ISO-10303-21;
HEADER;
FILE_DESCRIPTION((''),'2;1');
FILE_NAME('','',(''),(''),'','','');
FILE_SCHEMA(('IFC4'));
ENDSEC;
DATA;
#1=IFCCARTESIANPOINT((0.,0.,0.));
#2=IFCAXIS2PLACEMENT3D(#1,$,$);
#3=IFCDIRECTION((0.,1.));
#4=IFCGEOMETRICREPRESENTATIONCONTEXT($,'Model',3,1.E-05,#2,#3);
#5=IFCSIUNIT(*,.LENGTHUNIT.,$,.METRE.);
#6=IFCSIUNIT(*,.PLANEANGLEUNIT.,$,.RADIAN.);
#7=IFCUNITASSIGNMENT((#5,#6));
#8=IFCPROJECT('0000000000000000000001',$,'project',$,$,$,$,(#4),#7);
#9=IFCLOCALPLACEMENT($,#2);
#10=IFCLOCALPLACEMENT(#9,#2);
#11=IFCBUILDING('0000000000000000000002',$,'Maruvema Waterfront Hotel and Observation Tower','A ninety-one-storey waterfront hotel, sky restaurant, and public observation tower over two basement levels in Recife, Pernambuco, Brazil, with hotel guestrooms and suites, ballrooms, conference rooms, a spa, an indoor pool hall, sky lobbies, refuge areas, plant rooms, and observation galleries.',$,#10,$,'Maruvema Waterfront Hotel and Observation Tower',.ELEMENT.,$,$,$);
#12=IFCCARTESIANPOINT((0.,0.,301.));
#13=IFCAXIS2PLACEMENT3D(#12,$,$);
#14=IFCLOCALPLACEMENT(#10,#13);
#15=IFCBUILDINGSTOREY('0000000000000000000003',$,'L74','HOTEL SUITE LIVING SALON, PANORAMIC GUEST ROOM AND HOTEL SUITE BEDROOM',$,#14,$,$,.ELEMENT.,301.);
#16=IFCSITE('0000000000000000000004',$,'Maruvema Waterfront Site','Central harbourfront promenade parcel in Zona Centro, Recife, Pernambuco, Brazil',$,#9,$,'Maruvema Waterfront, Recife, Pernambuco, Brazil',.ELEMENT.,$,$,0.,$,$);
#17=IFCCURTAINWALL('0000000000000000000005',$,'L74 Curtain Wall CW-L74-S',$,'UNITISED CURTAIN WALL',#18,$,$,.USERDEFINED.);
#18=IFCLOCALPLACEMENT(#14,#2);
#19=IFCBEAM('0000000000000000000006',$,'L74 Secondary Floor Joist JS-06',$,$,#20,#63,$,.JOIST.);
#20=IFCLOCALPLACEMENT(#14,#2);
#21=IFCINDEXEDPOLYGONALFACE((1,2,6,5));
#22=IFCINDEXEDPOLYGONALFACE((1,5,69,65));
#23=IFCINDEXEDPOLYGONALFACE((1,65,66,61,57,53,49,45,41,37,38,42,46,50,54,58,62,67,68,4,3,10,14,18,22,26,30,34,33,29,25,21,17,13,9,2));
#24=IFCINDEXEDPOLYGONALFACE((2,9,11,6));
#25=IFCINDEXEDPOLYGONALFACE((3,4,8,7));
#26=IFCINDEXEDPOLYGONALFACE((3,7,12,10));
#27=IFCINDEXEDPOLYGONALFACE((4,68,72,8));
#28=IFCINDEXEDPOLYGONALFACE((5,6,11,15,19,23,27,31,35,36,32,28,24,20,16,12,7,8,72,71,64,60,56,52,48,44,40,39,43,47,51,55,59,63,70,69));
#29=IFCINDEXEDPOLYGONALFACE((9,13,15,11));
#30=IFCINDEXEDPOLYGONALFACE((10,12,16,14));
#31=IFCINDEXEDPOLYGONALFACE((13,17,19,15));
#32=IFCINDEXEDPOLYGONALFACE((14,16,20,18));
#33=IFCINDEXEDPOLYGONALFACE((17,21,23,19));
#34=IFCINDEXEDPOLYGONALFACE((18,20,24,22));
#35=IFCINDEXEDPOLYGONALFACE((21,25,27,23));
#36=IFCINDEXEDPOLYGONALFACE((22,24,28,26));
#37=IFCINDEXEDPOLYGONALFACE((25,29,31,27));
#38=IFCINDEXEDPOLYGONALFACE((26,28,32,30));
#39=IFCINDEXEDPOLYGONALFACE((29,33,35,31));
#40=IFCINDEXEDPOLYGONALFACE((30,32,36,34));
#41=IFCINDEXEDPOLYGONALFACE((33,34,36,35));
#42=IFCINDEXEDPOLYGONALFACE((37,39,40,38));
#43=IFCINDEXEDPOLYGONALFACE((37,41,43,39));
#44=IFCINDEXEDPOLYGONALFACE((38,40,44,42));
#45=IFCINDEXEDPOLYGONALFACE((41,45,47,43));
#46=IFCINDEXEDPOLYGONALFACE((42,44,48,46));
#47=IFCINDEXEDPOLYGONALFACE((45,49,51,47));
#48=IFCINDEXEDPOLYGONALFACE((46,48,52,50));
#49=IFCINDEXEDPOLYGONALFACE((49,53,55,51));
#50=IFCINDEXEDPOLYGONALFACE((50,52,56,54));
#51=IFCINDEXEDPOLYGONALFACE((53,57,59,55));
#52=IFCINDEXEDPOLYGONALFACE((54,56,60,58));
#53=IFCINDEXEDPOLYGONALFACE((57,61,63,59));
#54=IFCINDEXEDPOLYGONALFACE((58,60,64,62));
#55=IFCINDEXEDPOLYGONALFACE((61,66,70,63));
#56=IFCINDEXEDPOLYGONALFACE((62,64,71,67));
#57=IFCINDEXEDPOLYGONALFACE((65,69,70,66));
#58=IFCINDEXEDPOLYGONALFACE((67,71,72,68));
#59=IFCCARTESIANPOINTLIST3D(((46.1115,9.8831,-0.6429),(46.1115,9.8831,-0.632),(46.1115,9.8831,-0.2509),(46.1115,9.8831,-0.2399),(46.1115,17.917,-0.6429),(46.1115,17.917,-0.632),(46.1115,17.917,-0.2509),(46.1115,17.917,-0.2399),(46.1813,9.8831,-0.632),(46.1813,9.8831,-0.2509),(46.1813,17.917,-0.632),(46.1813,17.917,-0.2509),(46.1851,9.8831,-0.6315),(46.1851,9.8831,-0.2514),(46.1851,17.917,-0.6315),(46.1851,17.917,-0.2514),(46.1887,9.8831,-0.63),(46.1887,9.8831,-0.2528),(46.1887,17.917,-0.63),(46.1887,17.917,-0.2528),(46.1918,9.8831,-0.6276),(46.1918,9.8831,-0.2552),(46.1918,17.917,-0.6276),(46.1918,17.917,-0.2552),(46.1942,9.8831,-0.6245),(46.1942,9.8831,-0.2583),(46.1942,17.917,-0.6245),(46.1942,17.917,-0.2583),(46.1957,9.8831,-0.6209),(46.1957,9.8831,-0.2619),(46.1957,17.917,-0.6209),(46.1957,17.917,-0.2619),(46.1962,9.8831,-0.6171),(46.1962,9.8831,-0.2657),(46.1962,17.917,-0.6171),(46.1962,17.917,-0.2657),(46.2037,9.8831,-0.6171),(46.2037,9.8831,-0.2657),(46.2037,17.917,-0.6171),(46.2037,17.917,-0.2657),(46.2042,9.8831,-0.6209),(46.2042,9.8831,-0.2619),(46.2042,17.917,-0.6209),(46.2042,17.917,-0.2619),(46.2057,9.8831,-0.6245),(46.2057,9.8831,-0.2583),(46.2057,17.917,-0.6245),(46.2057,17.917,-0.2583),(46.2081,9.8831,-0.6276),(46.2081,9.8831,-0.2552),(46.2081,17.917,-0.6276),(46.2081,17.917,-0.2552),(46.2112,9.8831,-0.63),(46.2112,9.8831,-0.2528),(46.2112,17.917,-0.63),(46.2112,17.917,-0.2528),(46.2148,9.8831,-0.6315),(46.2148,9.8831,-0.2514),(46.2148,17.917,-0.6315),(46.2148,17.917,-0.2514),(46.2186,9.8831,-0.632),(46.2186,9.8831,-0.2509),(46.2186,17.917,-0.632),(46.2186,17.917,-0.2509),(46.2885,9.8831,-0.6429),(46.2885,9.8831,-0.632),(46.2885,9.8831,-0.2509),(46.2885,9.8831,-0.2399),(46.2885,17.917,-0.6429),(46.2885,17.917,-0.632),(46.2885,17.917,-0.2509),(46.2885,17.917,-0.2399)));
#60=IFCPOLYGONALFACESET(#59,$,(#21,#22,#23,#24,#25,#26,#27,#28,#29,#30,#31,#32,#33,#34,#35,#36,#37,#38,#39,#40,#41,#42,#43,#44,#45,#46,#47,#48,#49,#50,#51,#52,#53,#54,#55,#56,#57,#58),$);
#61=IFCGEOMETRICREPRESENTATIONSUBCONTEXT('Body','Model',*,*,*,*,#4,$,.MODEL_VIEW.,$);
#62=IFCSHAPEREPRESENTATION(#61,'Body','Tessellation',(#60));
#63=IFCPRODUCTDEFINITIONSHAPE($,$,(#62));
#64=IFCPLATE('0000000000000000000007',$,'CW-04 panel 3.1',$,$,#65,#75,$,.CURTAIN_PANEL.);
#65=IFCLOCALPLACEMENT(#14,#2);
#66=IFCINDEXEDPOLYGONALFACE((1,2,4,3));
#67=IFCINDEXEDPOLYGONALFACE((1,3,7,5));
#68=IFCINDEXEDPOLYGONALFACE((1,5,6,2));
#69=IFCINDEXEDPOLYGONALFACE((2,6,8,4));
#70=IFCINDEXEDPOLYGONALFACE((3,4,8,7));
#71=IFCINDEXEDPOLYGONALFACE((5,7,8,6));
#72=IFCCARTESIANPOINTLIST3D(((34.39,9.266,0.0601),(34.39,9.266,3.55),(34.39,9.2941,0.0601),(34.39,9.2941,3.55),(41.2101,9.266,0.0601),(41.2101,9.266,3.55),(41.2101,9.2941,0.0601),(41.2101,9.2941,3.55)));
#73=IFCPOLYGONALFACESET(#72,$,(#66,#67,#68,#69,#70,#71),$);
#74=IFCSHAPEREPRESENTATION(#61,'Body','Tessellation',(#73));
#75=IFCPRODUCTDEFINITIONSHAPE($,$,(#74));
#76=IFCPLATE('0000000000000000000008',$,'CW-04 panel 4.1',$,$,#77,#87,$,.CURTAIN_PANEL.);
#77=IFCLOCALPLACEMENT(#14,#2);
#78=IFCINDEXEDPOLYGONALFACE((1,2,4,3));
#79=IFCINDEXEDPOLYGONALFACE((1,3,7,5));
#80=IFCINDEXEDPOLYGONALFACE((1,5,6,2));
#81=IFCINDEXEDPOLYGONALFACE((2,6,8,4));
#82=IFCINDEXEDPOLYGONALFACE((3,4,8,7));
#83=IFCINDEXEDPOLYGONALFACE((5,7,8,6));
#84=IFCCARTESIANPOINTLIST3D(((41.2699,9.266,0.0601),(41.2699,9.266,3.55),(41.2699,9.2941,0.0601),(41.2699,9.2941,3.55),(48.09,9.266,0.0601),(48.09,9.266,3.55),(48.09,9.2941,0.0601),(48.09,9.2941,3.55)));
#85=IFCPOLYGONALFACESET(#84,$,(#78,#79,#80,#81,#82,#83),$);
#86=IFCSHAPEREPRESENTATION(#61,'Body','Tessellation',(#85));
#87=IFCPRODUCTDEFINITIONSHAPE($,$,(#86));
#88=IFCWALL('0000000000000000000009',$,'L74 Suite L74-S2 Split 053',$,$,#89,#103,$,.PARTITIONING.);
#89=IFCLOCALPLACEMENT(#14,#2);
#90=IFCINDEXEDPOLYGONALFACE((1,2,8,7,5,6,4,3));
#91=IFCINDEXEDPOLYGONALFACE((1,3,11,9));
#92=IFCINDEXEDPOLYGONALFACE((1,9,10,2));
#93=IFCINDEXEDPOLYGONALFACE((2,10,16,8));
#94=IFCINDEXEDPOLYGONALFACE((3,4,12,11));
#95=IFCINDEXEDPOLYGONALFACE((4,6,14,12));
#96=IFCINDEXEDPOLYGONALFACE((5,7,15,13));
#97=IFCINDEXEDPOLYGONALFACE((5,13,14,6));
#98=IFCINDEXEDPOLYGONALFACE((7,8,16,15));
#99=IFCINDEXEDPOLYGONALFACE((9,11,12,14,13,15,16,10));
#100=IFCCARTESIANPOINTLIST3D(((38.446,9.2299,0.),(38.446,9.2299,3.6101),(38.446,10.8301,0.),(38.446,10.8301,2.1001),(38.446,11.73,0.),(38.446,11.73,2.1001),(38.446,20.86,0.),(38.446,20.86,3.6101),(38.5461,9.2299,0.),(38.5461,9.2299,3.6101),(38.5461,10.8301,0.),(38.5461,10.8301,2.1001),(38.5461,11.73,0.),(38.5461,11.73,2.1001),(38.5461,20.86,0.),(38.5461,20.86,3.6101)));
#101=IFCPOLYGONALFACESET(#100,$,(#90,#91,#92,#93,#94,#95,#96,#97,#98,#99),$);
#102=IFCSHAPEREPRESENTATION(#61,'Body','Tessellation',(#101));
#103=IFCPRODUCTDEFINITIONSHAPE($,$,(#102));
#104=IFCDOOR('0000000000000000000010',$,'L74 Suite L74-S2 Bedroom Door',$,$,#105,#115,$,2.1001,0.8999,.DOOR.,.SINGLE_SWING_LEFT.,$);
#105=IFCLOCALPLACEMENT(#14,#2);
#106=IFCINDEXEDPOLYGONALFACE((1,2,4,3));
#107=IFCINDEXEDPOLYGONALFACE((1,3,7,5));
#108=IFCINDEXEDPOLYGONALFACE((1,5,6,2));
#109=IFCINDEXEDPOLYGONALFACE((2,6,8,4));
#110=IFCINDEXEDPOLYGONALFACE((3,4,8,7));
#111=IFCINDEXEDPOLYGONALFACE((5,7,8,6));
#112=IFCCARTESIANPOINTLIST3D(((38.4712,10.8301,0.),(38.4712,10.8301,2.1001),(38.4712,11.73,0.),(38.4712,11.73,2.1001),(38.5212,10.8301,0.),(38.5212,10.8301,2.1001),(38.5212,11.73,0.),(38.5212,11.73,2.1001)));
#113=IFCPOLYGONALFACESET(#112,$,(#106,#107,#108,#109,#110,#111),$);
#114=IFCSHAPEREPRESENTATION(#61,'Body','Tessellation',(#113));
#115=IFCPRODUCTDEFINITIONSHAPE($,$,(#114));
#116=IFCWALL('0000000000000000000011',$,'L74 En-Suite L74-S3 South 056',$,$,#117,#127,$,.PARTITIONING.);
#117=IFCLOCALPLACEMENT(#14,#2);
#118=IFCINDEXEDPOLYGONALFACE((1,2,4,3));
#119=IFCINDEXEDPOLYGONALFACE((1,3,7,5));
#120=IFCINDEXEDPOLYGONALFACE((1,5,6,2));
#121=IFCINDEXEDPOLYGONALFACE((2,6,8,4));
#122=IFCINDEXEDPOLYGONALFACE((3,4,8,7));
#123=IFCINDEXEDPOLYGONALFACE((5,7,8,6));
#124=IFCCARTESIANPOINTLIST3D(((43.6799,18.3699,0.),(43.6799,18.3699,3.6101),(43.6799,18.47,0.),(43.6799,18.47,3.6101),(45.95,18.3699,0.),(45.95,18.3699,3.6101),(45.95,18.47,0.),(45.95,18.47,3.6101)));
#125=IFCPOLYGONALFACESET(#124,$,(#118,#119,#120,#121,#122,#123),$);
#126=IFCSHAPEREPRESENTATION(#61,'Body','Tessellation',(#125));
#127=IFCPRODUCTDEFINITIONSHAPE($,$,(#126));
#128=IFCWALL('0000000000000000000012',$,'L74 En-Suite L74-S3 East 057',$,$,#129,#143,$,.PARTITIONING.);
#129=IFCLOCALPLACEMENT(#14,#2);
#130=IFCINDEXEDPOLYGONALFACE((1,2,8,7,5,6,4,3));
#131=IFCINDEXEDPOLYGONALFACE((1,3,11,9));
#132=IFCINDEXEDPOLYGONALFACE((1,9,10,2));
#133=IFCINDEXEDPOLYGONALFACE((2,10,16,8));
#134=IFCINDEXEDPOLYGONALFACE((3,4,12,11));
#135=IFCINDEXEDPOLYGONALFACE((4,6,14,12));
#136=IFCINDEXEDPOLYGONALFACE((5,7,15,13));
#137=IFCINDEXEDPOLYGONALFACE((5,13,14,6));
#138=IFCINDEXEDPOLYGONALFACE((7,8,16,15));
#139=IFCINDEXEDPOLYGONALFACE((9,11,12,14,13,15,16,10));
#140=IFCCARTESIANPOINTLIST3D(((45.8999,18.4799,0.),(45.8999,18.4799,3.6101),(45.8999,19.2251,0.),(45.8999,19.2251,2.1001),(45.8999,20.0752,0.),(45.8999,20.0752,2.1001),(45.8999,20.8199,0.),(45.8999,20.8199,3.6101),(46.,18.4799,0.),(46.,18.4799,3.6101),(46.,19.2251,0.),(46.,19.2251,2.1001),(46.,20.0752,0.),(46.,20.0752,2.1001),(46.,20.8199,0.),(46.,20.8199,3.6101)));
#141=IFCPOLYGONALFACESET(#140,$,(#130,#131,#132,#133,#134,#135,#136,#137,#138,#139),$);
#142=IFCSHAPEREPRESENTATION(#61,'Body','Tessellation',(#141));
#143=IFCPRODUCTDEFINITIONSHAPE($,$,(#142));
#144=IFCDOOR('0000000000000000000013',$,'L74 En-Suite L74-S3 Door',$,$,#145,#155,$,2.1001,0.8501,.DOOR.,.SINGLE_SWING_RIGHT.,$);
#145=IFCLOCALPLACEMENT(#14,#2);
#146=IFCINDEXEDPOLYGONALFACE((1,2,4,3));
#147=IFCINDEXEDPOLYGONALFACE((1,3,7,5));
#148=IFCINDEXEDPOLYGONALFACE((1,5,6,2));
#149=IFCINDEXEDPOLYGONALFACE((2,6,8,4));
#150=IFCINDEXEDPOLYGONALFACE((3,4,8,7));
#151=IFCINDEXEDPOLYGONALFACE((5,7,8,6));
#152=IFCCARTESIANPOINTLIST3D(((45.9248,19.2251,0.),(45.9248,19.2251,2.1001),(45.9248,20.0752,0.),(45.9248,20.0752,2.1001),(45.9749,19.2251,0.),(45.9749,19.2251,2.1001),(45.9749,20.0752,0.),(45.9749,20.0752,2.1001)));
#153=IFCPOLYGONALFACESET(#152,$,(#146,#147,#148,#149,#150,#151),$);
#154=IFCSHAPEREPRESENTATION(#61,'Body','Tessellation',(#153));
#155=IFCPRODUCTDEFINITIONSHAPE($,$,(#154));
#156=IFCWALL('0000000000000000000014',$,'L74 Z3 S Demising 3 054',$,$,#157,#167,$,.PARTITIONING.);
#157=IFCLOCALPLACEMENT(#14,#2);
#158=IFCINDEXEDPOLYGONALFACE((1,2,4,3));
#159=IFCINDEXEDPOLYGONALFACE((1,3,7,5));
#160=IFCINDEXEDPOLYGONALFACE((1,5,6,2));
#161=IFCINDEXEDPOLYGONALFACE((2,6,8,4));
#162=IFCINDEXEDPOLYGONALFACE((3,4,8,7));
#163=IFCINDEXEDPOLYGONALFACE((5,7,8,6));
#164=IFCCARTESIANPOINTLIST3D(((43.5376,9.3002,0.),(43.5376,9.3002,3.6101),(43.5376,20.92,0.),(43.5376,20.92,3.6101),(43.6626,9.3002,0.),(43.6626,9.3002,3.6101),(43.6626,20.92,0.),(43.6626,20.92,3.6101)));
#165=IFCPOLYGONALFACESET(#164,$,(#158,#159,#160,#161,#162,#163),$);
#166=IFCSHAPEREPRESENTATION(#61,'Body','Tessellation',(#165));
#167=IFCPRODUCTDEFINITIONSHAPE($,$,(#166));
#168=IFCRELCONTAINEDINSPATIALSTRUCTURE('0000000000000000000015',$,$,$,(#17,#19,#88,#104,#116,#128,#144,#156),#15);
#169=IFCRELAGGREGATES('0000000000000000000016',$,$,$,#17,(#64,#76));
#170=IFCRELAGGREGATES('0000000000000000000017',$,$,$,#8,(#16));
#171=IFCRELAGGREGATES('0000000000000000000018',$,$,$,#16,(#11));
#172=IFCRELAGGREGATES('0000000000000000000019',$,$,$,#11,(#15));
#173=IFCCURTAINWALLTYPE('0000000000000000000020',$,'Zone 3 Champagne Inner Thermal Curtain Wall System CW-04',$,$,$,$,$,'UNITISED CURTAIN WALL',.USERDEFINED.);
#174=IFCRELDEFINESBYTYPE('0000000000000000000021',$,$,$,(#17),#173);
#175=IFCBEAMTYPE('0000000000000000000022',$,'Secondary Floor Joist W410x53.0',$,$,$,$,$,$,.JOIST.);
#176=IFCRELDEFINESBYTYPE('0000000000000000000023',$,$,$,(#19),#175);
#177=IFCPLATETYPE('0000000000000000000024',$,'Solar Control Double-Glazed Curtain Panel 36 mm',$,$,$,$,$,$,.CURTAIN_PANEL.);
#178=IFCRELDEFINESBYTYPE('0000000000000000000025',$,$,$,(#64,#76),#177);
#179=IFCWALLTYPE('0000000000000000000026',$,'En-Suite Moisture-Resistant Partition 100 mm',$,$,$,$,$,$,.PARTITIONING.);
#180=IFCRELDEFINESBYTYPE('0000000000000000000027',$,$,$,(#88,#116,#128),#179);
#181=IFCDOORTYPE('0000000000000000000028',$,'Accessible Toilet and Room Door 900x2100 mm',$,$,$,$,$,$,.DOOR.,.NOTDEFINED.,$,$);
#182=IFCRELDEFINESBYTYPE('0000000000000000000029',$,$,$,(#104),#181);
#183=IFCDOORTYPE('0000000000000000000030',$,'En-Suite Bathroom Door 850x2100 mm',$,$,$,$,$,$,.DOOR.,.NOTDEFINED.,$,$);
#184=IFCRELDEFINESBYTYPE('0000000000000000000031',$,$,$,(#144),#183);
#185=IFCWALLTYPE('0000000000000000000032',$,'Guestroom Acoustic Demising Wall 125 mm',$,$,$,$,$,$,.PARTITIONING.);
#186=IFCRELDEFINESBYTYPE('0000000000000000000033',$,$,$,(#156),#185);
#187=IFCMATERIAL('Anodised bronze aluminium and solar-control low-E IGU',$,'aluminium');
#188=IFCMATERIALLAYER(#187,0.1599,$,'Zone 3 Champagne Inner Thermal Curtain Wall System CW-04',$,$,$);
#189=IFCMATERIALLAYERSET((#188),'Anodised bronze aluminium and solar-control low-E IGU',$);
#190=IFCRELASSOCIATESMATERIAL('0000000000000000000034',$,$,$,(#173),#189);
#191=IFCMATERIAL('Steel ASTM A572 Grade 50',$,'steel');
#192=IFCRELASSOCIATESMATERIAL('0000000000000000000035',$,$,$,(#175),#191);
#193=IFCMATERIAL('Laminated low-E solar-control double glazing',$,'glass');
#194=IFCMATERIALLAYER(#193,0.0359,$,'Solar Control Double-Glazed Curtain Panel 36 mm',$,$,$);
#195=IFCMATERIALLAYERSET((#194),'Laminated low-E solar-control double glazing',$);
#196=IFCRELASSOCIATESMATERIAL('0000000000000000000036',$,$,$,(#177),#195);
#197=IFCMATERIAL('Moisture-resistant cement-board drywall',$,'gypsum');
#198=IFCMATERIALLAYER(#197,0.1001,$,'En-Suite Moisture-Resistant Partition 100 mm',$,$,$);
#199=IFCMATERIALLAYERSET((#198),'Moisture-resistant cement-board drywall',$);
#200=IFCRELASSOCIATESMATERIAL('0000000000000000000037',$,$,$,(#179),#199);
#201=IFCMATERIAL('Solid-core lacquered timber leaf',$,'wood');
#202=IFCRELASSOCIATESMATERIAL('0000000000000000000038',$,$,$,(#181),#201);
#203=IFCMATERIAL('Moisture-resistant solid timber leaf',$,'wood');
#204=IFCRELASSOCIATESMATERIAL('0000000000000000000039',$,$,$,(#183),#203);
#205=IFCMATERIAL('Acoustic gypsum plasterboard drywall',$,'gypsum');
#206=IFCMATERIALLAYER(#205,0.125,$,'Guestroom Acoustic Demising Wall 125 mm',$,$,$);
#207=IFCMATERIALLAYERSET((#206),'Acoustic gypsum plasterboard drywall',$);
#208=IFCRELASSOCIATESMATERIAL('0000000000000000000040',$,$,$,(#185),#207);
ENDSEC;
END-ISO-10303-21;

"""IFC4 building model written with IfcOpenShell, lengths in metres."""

from ifc_helpers import new_model, si_unit, direction, frame, frame_2d, origin, origin_2d, place, context, subcontext, project, spatial, rectangle, i_section, extrude, material, layer, layer_set, material_profile, profile_set, type_object, element, fill, aggregate, save


model = new_model("IFC4")

# Units and contexts
model_context = context("Model", 3, precision=1e-05, world=origin(), true_north=direction((0.0, 1.0)))
body_context = subcontext(model_context, "Body", "Model", "MODEL_VIEW")
ifc_project = project(units=[si_unit("LENGTHUNIT", "METRE"), si_unit("PLANEANGLEUNIT", "RADIAN")], contexts=[model_context])

# Site, building, storey
site_placement = place(None, origin())
site = spatial("IfcSite", under=ifc_project, at=site_placement, Name="Maruvema Waterfront Site", Description="Central harbourfront promenade parcel in Zona Centro, Recife, Pernambuco, Brazil", LongName="Maruvema Waterfront, Recife, Pernambuco, Brazil", CompositionType="ELEMENT", RefElevation=0.0)
building_placement = place(site_placement, origin())
building = spatial("IfcBuilding", under=site, at=building_placement, Name="Maruvema Waterfront Hotel and Observation Tower", Description="A ninety-one-storey waterfront hotel, sky restaurant, and public observation tower over two basement levels in Recife, Pernambuco, Brazil, with hotel guestrooms and suites, ballrooms, conference rooms, a spa, an indoor pool hall, sky lobbies, refuge areas, plant rooms, and observation galleries.", LongName="Maruvema Waterfront Hotel and Observation Tower", CompositionType="ELEMENT")
storey_placement = place(building_placement, frame((0.0, 0.0, 301.0)))
storey = spatial("IfcBuildingStorey", under=building, at=storey_placement, Name="L74", Description="HOTEL SUITE LIVING SALON, PANORAMIC GUEST ROOM AND HOTEL SUITE BEDROOM", CompositionType="ELEMENT", Elevation=301.0)

# Curtain wall
ifc_material_1 = material(Name="Anodised bronze aluminium and solar-control low-E IGU", Category="aluminium")
ifc_layer_1 = layer(ifc_material_1, 0.1599, Name="Zone 3 Champagne Inner Thermal Curtain Wall System CW-04")
ifc_layer_set_1 = layer_set([ifc_layer_1], Name="Anodised bronze aluminium and solar-control low-E IGU")
curtain_wall_type = type_object("IfcCurtainWallType", Name="Zone 3 Champagne Inner Thermal Curtain Wall System CW-04", ElementType="UNITISED CURTAIN WALL", PredefinedType="USERDEFINED", material=ifc_layer_set_1)
curtain_wall_placement = place(storey_placement, origin())
curtain_wall = element("IfcCurtainWall", 1, at=curtain_wall_placement, inside=storey, type_object=curtain_wall_type, Name="L74 Curtain Wall CW-L74-S", ObjectType="UNITISED CURTAIN WALL", PredefinedType="USERDEFINED")

# Beam
ifc_material_2 = material(Name="Steel ASTM A572 Grade 50", Category="steel")
ifc_material_profile_1 = material_profile(ifc_material_2, i_section(OverallWidth=0.177, OverallDepth=0.4031, WebThickness=0.0076, FlangeThickness=0.011, FilletRadius=0.0149, at=origin_2d()), Name="W410x53.0")
ifc_profile_set_1 = profile_set([ifc_material_profile_1], Name="Steel ASTM A572 Grade 50")
beam_type_1 = type_object("IfcBeamType", Name="Secondary Floor Joist W410x53.0", PredefinedType="JOIST", material=ifc_profile_set_1)
beam_1_placement = place(storey_placement, frame((46.2, 9.8831, -0.4414), z_axis=(0.0, 1.0, 0.0), x_axis=(-1.0, 0.0, 0.0)))
element("IfcBeam", 2, at=beam_1_placement, inside=storey, type_object=beam_type_1, Name="L74 Secondary Floor Joist JS-06", PredefinedType="JOIST", context=body_context, shape_type="SweptSolid", body=[
    extrude(i_section(OverallWidth=0.177, OverallDepth=0.4031, WebThickness=0.0076, FlangeThickness=0.011, FilletRadius=0.0149, at=origin_2d()), origin(), (0.0, 0.0, 1.0), 8.0339),
])

# Plates
ifc_material_3 = material(Name="Laminated low-E solar-control double glazing", Category="glass")
ifc_layer_2 = layer(ifc_material_3, 0.0359, Name="Solar Control Double-Glazed Curtain Panel 36 mm")
ifc_layer_set_2 = layer_set([ifc_layer_2], Name="Laminated low-E solar-control double glazing")
plate_type = type_object("IfcPlateType", Name="Solar Control Double-Glazed Curtain Panel 36 mm", PredefinedType="CURTAIN_PANEL", material=ifc_layer_set_2)
plate_1_placement = place(storey_placement, frame((37.8, 9.28, 0.0601), z_axis=(0.0, 0.0, 1.0), x_axis=(1.0, 0.0, 0.0)))
plate_1 = element("IfcPlate", 3, at=plate_1_placement, type_object=plate_type, Name="CW-04 panel 3.1", PredefinedType="CURTAIN_PANEL", context=body_context, shape_type="SweptSolid", body=[
    extrude(rectangle(XDim=6.8201, YDim=0.0281, at=origin_2d()), origin(), (0.0, 0.0, 1.0), 3.49),
])
plate_2_placement = place(storey_placement, frame((44.6799, 9.28, 0.0601), z_axis=(0.0, 0.0, 1.0), x_axis=(1.0, 0.0, 0.0)))
plate_2 = element("IfcPlate", 4, at=plate_2_placement, type_object=plate_type, Name="CW-04 panel 4.1", PredefinedType="CURTAIN_PANEL", context=body_context, shape_type="SweptSolid", body=[
    extrude(rectangle(XDim=6.8201, YDim=0.0281, at=origin_2d()), origin(), (0.0, 0.0, 1.0), 3.49),
])
aggregate(curtain_wall, [plate_1, plate_2])

# Wall, opening, door
ifc_material_4 = material(Name="Moisture-resistant cement-board drywall", Category="gypsum")
ifc_layer_3 = layer(ifc_material_4, 0.1001, Name="En-Suite Moisture-Resistant Partition 100 mm")
ifc_layer_set_3 = layer_set([ifc_layer_3], Name="Moisture-resistant cement-board drywall")
wall_type_1 = type_object("IfcWallType", Name="En-Suite Moisture-Resistant Partition 100 mm", PredefinedType="PARTITIONING", material=ifc_layer_set_3)
wall_1_placement = place(storey_placement, frame((38.4961, 9.23, 0.0), z_axis=(0.0, 0.0, 1.0), x_axis=(0.0, 1.0, 0.0)))
wall_1 = element("IfcWall", 5, at=wall_1_placement, inside=storey, type_object=wall_type_1, Name="L74 Suite L74-S2 Split 053", PredefinedType="PARTITIONING", context=body_context, shape_type="SweptSolid", body=[
    extrude(rectangle(XDim=11.6301, YDim=0.1001, at=frame_2d((5.8149, 0.0))), origin(), (0.0, 0.0, 1.0), 3.6101),
])
opening_1_placement = place(wall_1_placement, frame((1.6001, 0.0, 0.0)))
opening_1 = element("IfcOpeningElement", 6, at=opening_1_placement, cuts=wall_1, PredefinedType="OPENING", context=body_context, shape_type="SweptSolid", body=[
    extrude(rectangle(XDim=0.8999, YDim=2.1001, at=frame_2d((0.45, 1.05))), frame((0.0, 0.0601, 0.0), z_axis=(0.0, -1.0, 0.0), x_axis=(1.0, 0.0, 0.0)), (0.0, 0.0, 1.0), 0.1201),
])
ifc_material_5 = material(Name="Solid-core lacquered timber leaf", Category="wood")
door_type_1 = type_object("IfcDoorType", Name="Accessible Toilet and Room Door 900x2100 mm", OperationType="NOTDEFINED", PredefinedType="DOOR", material=ifc_material_5)
door_1_placement = place(opening_1_placement, origin())
door_1 = element("IfcDoor", 7, at=door_1_placement, inside=storey, type_object=door_type_1, Name="L74 Suite L74-S2 Bedroom Door", OperationType="SINGLE_SWING_LEFT", OverallHeight=2.1001, OverallWidth=0.8999, PredefinedType="DOOR", context=body_context, shape_type="SweptSolid", body=[
    extrude(rectangle(XDim=0.8999, YDim=2.1001, at=frame_2d((0.45, 1.05))), frame((0.0, 0.0249, 0.0), z_axis=(0.0, -1.0, 0.0), x_axis=(1.0, 0.0, 0.0)), (0.0, 0.0, 1.0), 0.05),
])
fill(opening_1, door_1)

# Wall
wall_2_placement = place(storey_placement, frame((43.6799, 18.4199, 0.0), z_axis=(0.0, 0.0, 1.0), x_axis=(1.0, 0.0, 0.0)))
element("IfcWall", 8, at=wall_2_placement, inside=storey, type_object=wall_type_1, Name="L74 En-Suite L74-S3 South 056", PredefinedType="PARTITIONING", context=body_context, shape_type="SweptSolid", body=[
    extrude(rectangle(XDim=2.27, YDim=0.1001, at=frame_2d((1.135, 0.0))), origin(), (0.0, 0.0, 1.0), 3.6101),
])

# Wall, opening, door
wall_3_placement = place(storey_placement, frame((45.95, 18.48, 0.0), z_axis=(0.0, 0.0, 1.0), x_axis=(0.0, 1.0, 0.0)))
wall_3 = element("IfcWall", 9, at=wall_3_placement, inside=storey, type_object=wall_type_1, Name="L74 En-Suite L74-S3 East 057", PredefinedType="PARTITIONING", context=body_context, shape_type="SweptSolid", body=[
    extrude(rectangle(XDim=2.3401, YDim=0.1001, at=frame_2d((1.1699, 0.0))), origin(), (0.0, 0.0, 1.0), 3.6101),
])
opening_2_placement = place(wall_3_placement, frame((0.7451, 0.0, 0.0)))
opening_2 = element("IfcOpeningElement", 10, at=opening_2_placement, cuts=wall_3, PredefinedType="OPENING", context=body_context, shape_type="SweptSolid", body=[
    extrude(rectangle(XDim=0.8501, YDim=2.1001, at=frame_2d((0.425, 1.05))), frame((0.0, 0.0601, 0.0), z_axis=(0.0, -1.0, 0.0), x_axis=(1.0, 0.0, 0.0)), (0.0, 0.0, 1.0), 0.1201),
])
ifc_material_6 = material(Name="Moisture-resistant solid timber leaf", Category="wood")
door_type_2 = type_object("IfcDoorType", Name="En-Suite Bathroom Door 850x2100 mm", OperationType="NOTDEFINED", PredefinedType="DOOR", material=ifc_material_6)
door_2_placement = place(opening_2_placement, frame((0.8501, 0.0, 0.0), z_axis=(0.0, 0.0, 1.0), x_axis=(-1.0, 0.0, 0.0)))
door_2 = element("IfcDoor", 11, at=door_2_placement, inside=storey, type_object=door_type_2, Name="L74 En-Suite L74-S3 Door", OperationType="SINGLE_SWING_RIGHT", OverallHeight=2.1001, OverallWidth=0.8501, PredefinedType="DOOR", context=body_context, shape_type="SweptSolid", body=[
    extrude(rectangle(XDim=0.8501, YDim=2.1001, at=frame_2d((0.425, 1.05))), frame((0.0, 0.0249, 0.0), z_axis=(0.0, -1.0, 0.0), x_axis=(1.0, 0.0, 0.0)), (0.0, 0.0, 1.0), 0.05),
])
fill(opening_2, door_2)

# Wall
ifc_material_7 = material(Name="Acoustic gypsum plasterboard drywall", Category="gypsum")
ifc_layer_4 = layer(ifc_material_7, 0.125, Name="Guestroom Acoustic Demising Wall 125 mm")
ifc_layer_set_4 = layer_set([ifc_layer_4], Name="Acoustic gypsum plasterboard drywall")
wall_type_2 = type_object("IfcWallType", Name="Guestroom Acoustic Demising Wall 125 mm", PredefinedType="PARTITIONING", material=ifc_layer_set_4)
wall_4_placement = place(storey_placement, frame((43.6001, 9.3, 0.0), z_axis=(0.0, 0.0, 1.0), x_axis=(0.0, 1.0, 0.0)))
element("IfcWall", 12, at=wall_4_placement, inside=storey, type_object=wall_type_2, Name="L74 Z3 S Demising 3 054", PredefinedType="PARTITIONING", context=body_context, shape_type="SweptSolid", body=[
    extrude(rectangle(XDim=11.6199, YDim=0.125, at=frame_2d((5.8101, 0.0))), origin(), (0.0, 0.0, 1.0), 3.6101),
])

save(model, "model.ifc")
